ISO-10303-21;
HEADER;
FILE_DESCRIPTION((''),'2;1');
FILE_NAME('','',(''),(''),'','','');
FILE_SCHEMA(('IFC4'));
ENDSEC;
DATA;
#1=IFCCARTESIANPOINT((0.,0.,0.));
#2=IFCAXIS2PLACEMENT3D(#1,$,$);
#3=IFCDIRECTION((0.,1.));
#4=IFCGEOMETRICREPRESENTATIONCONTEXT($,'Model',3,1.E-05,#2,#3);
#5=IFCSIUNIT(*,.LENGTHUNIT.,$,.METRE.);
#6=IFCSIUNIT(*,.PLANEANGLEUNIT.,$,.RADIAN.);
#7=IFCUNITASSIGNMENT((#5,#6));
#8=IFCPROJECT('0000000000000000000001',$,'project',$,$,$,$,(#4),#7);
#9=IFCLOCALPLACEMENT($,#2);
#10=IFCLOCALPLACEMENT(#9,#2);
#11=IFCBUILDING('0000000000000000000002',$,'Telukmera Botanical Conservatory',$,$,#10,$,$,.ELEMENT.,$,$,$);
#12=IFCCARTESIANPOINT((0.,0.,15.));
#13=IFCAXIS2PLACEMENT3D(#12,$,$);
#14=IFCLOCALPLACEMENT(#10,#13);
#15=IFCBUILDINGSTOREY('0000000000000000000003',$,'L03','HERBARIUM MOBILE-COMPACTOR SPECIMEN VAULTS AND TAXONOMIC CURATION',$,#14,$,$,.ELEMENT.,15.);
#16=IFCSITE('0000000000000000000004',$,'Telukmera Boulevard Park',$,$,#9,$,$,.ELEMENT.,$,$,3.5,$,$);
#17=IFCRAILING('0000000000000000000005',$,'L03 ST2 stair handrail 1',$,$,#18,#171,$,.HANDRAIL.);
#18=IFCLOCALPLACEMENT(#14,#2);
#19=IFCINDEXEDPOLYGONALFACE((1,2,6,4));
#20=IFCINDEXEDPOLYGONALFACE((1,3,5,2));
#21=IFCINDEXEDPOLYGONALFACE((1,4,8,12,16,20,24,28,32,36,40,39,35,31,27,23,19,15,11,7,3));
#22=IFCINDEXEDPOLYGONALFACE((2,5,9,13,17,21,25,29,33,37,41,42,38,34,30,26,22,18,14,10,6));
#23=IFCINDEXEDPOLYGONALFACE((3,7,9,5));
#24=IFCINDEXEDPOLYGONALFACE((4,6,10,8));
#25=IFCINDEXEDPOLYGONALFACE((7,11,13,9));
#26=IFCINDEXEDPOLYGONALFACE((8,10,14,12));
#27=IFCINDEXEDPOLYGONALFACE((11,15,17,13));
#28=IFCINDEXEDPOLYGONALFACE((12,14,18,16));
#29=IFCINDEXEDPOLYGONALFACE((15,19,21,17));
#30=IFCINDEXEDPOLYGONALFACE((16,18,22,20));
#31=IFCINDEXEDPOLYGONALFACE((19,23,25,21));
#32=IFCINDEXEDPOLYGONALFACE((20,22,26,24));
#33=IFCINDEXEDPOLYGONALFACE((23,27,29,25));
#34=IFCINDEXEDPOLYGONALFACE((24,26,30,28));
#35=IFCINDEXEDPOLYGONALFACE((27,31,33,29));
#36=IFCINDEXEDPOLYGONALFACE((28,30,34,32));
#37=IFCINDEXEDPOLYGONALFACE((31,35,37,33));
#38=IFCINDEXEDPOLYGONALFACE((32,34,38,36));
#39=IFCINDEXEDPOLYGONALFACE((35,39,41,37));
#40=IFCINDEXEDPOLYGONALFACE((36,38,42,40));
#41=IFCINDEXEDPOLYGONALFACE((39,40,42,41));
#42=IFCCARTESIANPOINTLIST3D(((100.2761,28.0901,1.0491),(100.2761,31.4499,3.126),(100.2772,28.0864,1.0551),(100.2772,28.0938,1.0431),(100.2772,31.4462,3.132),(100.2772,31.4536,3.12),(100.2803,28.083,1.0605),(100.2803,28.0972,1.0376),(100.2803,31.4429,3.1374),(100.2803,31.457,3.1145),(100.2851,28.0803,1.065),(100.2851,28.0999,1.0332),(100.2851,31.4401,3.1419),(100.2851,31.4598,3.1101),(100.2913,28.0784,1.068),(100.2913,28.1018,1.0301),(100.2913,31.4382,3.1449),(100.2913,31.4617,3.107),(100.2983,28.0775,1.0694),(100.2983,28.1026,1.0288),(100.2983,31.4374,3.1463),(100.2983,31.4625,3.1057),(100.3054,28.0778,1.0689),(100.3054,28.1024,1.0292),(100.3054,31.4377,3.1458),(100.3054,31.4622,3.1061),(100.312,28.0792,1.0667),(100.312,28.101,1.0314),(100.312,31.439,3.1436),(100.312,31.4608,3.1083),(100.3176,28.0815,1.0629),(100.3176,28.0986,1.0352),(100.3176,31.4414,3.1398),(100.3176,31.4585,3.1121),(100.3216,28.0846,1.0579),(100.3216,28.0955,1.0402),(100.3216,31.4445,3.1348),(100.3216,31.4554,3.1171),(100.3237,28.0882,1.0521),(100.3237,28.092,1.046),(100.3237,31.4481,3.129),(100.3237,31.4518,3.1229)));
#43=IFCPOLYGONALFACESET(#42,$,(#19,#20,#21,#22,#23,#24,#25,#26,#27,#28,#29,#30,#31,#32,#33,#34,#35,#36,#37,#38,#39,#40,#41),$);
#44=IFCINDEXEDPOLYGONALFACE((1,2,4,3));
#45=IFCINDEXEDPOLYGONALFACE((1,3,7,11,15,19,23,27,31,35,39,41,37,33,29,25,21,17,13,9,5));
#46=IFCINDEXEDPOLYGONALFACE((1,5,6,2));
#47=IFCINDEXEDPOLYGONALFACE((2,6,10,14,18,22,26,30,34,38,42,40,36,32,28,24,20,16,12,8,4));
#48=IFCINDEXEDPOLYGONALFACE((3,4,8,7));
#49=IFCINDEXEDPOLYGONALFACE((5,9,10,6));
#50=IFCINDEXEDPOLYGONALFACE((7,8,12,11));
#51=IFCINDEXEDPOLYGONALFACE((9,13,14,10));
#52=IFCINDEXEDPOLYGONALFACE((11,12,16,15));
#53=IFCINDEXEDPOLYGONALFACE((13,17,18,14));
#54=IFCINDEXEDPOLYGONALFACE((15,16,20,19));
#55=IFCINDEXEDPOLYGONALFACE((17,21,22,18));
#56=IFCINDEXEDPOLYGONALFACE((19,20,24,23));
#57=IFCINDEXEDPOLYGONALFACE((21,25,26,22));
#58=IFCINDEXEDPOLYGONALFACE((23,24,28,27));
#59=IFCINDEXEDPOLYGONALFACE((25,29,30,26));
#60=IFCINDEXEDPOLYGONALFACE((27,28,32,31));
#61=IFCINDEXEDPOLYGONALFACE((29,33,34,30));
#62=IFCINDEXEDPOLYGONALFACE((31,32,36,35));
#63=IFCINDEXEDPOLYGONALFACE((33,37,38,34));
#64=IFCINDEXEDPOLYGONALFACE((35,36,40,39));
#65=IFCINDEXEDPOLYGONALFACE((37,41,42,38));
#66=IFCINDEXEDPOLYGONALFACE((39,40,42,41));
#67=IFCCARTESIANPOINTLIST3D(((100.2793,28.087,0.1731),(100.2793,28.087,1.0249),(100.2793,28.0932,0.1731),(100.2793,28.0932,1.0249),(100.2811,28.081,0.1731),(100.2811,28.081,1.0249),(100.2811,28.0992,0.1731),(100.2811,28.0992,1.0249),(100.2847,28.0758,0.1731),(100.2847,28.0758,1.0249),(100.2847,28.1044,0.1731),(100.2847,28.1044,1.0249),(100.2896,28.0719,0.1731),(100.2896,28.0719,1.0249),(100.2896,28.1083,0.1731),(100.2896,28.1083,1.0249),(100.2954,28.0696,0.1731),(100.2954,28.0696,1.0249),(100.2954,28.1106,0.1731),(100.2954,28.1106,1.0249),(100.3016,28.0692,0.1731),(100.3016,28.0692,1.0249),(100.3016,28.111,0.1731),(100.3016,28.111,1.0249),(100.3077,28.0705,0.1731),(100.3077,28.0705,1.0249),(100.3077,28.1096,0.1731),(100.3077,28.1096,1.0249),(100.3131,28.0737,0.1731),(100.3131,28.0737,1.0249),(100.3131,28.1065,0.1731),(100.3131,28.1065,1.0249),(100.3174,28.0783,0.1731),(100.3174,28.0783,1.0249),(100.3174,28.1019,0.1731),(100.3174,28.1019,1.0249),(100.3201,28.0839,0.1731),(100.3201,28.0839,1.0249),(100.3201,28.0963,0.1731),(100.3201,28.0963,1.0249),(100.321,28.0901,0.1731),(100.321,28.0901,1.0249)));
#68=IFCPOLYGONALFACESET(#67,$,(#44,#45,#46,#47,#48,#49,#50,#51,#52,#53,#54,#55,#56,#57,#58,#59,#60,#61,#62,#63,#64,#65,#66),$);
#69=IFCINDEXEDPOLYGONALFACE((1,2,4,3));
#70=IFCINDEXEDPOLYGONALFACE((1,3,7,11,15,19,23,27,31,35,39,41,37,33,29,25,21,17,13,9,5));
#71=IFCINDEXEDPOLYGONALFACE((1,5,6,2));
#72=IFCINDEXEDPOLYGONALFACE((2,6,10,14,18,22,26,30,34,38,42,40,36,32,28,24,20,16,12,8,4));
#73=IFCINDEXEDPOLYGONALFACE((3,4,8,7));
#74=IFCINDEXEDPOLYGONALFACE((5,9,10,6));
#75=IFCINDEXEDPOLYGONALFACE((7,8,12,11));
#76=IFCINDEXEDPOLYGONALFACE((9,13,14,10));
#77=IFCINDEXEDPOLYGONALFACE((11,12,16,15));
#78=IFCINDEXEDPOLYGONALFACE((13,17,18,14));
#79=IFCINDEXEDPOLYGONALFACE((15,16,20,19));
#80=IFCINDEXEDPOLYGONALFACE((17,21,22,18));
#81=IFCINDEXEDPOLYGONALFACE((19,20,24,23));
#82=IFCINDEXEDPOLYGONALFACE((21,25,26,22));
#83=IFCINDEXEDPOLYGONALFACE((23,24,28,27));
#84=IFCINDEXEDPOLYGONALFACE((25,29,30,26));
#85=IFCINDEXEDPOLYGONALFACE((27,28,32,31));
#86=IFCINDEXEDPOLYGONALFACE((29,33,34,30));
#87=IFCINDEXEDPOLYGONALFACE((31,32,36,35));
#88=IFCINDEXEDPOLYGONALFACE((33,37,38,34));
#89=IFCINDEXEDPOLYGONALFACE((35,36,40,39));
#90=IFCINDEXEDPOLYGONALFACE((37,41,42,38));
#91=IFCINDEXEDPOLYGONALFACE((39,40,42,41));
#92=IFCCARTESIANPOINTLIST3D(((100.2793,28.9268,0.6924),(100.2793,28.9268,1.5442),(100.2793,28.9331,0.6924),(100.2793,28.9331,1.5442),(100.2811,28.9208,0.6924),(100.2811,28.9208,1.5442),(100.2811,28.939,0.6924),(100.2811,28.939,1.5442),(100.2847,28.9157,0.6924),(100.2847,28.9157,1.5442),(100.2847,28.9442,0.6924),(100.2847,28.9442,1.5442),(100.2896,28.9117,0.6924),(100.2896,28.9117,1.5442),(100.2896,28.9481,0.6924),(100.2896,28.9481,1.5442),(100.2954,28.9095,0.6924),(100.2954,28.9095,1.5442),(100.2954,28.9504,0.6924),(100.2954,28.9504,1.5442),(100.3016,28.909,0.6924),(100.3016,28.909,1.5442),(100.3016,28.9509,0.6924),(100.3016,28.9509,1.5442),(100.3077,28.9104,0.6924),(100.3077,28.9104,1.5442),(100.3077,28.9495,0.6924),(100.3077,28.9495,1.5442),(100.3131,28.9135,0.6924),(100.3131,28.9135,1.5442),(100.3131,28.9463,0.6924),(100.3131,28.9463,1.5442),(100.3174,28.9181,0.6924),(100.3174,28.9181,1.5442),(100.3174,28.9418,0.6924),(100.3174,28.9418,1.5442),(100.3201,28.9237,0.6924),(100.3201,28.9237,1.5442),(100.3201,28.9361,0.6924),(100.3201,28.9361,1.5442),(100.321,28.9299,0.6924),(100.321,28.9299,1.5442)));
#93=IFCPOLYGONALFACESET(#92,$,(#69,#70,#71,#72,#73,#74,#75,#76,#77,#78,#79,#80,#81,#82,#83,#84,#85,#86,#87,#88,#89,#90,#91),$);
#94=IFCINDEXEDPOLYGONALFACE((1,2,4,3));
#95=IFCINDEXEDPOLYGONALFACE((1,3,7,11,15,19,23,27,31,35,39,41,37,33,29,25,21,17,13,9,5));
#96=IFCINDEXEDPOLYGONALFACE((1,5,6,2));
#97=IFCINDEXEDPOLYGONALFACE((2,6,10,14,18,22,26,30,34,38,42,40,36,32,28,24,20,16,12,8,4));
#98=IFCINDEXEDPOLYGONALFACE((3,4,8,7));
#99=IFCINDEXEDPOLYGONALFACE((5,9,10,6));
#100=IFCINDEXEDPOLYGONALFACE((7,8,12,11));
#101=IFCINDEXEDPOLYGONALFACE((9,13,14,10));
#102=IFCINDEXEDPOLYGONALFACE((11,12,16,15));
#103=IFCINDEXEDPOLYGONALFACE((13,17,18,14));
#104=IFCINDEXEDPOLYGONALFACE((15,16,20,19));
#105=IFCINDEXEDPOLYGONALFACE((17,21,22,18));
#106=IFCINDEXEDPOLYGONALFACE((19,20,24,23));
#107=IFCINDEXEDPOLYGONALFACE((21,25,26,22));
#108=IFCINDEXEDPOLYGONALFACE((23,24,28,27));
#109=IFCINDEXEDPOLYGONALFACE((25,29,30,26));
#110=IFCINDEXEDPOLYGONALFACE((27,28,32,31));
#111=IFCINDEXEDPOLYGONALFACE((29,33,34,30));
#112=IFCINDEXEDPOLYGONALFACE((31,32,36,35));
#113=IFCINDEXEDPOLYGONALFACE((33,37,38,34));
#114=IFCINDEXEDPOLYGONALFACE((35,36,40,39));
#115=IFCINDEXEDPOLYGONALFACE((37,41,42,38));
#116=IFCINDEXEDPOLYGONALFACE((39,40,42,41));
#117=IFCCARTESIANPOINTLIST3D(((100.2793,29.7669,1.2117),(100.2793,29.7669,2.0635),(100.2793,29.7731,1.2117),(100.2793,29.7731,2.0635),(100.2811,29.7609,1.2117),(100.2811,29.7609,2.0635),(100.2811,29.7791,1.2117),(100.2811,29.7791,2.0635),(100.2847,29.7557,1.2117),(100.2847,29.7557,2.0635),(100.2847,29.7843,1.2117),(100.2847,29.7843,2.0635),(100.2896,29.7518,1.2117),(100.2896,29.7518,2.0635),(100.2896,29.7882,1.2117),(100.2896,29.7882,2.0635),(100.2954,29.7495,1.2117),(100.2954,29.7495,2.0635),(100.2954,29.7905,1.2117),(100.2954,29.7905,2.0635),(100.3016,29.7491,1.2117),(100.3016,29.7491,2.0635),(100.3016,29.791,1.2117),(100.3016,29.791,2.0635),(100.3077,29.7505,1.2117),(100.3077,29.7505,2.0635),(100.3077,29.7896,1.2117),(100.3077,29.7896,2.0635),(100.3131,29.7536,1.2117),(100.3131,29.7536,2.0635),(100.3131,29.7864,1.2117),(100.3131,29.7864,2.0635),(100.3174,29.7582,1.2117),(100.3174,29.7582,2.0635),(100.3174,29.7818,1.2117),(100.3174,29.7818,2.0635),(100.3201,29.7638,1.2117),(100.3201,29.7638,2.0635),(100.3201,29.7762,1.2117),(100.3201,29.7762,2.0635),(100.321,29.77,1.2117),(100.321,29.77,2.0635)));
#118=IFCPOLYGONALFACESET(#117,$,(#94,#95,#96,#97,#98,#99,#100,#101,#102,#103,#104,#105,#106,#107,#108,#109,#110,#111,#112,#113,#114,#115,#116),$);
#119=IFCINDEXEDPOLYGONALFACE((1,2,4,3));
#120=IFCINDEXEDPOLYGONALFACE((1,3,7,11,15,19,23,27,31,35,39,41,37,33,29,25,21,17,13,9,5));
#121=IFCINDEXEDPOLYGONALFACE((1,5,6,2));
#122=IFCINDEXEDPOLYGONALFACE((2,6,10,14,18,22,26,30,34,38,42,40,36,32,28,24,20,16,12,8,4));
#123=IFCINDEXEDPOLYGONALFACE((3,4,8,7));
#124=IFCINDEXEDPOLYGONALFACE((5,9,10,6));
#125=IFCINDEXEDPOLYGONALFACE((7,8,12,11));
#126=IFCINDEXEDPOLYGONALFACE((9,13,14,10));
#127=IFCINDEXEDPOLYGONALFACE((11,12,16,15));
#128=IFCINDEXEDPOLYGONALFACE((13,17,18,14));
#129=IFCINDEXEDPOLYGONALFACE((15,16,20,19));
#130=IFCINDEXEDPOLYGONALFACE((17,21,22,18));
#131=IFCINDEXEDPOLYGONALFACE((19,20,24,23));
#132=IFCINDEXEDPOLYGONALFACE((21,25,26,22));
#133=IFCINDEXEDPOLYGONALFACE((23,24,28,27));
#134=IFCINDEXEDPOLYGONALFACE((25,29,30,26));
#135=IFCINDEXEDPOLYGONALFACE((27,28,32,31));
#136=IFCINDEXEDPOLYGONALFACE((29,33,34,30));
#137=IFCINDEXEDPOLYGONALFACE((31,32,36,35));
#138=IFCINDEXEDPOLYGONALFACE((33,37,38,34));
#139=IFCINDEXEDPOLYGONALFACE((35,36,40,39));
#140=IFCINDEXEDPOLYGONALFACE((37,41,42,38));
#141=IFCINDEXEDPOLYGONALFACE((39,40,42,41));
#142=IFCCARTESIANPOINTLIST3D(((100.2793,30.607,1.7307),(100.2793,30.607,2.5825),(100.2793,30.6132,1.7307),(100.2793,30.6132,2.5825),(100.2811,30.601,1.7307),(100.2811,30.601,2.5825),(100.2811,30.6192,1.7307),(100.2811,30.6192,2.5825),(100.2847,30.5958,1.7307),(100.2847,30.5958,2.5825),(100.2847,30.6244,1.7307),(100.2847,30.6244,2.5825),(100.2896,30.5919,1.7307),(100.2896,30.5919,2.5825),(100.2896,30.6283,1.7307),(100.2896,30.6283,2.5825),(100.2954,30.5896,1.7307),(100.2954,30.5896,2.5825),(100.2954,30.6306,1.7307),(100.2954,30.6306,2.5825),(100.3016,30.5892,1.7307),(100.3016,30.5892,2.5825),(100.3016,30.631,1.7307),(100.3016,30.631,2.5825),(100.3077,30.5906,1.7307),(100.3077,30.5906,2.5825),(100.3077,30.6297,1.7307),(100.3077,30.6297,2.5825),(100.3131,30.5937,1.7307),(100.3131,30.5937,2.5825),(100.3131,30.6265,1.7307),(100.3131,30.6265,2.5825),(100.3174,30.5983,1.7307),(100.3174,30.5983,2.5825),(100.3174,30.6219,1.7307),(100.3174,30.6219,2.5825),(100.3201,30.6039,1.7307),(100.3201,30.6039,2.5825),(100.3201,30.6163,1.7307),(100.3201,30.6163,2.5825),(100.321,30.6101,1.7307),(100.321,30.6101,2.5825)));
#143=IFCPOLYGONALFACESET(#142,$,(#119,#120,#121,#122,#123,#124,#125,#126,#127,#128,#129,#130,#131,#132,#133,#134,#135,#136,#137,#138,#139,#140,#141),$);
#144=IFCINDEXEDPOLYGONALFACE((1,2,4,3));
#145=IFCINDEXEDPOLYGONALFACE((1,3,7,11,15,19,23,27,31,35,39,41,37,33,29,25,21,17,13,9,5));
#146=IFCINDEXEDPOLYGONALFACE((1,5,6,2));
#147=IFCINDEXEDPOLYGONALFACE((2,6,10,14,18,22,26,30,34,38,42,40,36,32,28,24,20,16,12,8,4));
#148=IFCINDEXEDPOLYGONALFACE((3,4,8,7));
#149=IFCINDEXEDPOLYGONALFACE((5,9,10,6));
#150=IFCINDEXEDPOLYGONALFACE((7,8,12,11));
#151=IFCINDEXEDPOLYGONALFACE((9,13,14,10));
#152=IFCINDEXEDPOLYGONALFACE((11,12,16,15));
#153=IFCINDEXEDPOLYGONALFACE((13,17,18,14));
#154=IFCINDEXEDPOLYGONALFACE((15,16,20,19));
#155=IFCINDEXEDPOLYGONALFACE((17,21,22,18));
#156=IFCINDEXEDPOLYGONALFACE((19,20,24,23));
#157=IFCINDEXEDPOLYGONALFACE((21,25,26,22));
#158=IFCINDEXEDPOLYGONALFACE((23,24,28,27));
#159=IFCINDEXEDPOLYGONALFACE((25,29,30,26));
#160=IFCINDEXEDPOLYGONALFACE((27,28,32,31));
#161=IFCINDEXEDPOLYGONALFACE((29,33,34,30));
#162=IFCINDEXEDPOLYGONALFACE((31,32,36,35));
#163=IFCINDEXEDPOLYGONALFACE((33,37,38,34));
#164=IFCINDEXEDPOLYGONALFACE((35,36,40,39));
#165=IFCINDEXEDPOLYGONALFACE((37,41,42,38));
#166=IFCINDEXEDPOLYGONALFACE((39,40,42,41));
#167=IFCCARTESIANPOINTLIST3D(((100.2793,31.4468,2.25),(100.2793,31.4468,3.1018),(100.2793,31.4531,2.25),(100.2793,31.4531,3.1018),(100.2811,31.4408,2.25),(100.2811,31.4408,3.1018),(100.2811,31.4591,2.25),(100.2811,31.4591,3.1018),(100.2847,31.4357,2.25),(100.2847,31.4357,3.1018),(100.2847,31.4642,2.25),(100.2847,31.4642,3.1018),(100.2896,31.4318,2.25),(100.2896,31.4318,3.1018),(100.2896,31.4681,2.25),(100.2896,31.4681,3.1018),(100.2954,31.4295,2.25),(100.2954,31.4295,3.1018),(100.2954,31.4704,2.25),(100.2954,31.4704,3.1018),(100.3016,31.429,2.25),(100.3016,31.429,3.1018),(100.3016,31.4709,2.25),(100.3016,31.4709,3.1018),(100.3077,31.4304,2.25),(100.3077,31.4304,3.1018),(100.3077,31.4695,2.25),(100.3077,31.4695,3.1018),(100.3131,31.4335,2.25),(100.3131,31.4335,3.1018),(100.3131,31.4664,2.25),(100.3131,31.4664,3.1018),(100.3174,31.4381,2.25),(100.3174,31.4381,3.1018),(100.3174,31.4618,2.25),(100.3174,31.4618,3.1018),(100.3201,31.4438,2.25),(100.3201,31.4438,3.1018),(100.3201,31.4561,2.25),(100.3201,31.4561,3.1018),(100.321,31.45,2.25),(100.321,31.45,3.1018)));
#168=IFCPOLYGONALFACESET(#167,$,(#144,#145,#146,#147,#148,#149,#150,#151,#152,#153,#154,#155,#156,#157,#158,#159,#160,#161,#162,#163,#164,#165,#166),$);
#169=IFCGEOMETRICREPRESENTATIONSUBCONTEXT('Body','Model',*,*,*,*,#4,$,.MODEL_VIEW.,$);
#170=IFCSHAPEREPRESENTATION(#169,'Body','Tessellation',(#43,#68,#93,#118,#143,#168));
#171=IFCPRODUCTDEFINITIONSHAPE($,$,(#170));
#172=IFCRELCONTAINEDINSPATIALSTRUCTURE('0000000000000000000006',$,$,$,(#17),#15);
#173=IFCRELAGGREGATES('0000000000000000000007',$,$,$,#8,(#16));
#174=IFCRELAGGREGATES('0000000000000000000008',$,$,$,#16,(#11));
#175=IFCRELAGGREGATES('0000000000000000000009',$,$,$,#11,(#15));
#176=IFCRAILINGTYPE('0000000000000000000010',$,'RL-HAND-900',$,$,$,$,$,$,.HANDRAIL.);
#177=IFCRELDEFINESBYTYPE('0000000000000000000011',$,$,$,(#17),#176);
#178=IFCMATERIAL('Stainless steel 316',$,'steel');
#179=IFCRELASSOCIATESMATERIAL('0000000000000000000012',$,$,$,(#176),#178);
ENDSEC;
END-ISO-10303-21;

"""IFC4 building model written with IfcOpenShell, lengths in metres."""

from ifc_helpers import new_model, si_unit, direction, frame, origin, origin_2d, place, context, subcontext, project, spatial, circle, extrude, material, type_object, element, save


model = new_model("IFC4")

# Units and contexts
model_context = context("Model", 3, precision=1e-05, world=origin(), true_north=direction((0.0, 1.0)))
body_context = subcontext(model_context, "Body", "Model", "MODEL_VIEW")
ifc_project = project(units=[si_unit("LENGTHUNIT", "METRE"), si_unit("PLANEANGLEUNIT", "RADIAN")], contexts=[model_context])

# Site, building, storey
site_placement = place(None, origin())
site = spatial("IfcSite", under=ifc_project, at=site_placement, Name="Telukmera Boulevard Park", CompositionType="ELEMENT", RefElevation=3.5)
building_placement = place(site_placement, origin())
building = spatial("IfcBuilding", under=site, at=building_placement, Name="Telukmera Botanical Conservatory", CompositionType="ELEMENT")
storey_placement = place(building_placement, frame((0.0, 0.0, 15.0)))
storey = spatial("IfcBuildingStorey", under=building, at=storey_placement, Name="L03", Description="HERBARIUM MOBILE-COMPACTOR SPECIMEN VAULTS AND TAXONOMIC CURATION", CompositionType="ELEMENT", Elevation=15.0)

# Shared definitions
ifc_material_1 = material(Name="Stainless steel 316", Category="steel")

# Railing
railing_type_1 = type_object("IfcRailingType", Name="RL-HAND-900", PredefinedType="HANDRAIL", material=ifc_material_1)
railing_1_placement = place(storey_placement, frame((100.3, 28.0901, 0.1731)))
element("IfcRailing", 1, at=railing_1_placement, inside=storey, type_object=railing_type_1, Name="L03 ST2 stair handrail 1", PredefinedType="HANDRAIL", context=body_context, shape_type="SweptSolid", body=[
    extrude(circle(Radius=0.0239, at=origin_2d()), frame((0.0, 0.0, 0.876), z_axis=(0.0, 0.850606, 0.525803), x_axis=(-1.0, 0.0, 0.0)), (0.0, 0.0, 1.0), 3.95),
    extrude(circle(Radius=0.021, at=origin_2d()), origin(), (0.0, 0.0, 1.0), 0.8518),
    extrude(circle(Radius=0.021, at=origin_2d()), frame((0.0, 0.8398, 0.5193)), (0.0, 0.0, 1.0), 0.8518),
    extrude(circle(Radius=0.021, at=origin_2d()), frame((0.0, 1.6799, 1.0386)), (0.0, 0.0, 1.0), 0.8518),
    extrude(circle(Radius=0.021, at=origin_2d()), frame((0.0, 2.52, 1.5576)), (0.0, 0.0, 1.0), 0.8518),
    extrude(circle(Radius=0.021, at=origin_2d()), frame((0.0, 3.3599, 2.0769)), (0.0, 0.0, 1.0), 0.8518),
])

save(model, "model.ifc")
